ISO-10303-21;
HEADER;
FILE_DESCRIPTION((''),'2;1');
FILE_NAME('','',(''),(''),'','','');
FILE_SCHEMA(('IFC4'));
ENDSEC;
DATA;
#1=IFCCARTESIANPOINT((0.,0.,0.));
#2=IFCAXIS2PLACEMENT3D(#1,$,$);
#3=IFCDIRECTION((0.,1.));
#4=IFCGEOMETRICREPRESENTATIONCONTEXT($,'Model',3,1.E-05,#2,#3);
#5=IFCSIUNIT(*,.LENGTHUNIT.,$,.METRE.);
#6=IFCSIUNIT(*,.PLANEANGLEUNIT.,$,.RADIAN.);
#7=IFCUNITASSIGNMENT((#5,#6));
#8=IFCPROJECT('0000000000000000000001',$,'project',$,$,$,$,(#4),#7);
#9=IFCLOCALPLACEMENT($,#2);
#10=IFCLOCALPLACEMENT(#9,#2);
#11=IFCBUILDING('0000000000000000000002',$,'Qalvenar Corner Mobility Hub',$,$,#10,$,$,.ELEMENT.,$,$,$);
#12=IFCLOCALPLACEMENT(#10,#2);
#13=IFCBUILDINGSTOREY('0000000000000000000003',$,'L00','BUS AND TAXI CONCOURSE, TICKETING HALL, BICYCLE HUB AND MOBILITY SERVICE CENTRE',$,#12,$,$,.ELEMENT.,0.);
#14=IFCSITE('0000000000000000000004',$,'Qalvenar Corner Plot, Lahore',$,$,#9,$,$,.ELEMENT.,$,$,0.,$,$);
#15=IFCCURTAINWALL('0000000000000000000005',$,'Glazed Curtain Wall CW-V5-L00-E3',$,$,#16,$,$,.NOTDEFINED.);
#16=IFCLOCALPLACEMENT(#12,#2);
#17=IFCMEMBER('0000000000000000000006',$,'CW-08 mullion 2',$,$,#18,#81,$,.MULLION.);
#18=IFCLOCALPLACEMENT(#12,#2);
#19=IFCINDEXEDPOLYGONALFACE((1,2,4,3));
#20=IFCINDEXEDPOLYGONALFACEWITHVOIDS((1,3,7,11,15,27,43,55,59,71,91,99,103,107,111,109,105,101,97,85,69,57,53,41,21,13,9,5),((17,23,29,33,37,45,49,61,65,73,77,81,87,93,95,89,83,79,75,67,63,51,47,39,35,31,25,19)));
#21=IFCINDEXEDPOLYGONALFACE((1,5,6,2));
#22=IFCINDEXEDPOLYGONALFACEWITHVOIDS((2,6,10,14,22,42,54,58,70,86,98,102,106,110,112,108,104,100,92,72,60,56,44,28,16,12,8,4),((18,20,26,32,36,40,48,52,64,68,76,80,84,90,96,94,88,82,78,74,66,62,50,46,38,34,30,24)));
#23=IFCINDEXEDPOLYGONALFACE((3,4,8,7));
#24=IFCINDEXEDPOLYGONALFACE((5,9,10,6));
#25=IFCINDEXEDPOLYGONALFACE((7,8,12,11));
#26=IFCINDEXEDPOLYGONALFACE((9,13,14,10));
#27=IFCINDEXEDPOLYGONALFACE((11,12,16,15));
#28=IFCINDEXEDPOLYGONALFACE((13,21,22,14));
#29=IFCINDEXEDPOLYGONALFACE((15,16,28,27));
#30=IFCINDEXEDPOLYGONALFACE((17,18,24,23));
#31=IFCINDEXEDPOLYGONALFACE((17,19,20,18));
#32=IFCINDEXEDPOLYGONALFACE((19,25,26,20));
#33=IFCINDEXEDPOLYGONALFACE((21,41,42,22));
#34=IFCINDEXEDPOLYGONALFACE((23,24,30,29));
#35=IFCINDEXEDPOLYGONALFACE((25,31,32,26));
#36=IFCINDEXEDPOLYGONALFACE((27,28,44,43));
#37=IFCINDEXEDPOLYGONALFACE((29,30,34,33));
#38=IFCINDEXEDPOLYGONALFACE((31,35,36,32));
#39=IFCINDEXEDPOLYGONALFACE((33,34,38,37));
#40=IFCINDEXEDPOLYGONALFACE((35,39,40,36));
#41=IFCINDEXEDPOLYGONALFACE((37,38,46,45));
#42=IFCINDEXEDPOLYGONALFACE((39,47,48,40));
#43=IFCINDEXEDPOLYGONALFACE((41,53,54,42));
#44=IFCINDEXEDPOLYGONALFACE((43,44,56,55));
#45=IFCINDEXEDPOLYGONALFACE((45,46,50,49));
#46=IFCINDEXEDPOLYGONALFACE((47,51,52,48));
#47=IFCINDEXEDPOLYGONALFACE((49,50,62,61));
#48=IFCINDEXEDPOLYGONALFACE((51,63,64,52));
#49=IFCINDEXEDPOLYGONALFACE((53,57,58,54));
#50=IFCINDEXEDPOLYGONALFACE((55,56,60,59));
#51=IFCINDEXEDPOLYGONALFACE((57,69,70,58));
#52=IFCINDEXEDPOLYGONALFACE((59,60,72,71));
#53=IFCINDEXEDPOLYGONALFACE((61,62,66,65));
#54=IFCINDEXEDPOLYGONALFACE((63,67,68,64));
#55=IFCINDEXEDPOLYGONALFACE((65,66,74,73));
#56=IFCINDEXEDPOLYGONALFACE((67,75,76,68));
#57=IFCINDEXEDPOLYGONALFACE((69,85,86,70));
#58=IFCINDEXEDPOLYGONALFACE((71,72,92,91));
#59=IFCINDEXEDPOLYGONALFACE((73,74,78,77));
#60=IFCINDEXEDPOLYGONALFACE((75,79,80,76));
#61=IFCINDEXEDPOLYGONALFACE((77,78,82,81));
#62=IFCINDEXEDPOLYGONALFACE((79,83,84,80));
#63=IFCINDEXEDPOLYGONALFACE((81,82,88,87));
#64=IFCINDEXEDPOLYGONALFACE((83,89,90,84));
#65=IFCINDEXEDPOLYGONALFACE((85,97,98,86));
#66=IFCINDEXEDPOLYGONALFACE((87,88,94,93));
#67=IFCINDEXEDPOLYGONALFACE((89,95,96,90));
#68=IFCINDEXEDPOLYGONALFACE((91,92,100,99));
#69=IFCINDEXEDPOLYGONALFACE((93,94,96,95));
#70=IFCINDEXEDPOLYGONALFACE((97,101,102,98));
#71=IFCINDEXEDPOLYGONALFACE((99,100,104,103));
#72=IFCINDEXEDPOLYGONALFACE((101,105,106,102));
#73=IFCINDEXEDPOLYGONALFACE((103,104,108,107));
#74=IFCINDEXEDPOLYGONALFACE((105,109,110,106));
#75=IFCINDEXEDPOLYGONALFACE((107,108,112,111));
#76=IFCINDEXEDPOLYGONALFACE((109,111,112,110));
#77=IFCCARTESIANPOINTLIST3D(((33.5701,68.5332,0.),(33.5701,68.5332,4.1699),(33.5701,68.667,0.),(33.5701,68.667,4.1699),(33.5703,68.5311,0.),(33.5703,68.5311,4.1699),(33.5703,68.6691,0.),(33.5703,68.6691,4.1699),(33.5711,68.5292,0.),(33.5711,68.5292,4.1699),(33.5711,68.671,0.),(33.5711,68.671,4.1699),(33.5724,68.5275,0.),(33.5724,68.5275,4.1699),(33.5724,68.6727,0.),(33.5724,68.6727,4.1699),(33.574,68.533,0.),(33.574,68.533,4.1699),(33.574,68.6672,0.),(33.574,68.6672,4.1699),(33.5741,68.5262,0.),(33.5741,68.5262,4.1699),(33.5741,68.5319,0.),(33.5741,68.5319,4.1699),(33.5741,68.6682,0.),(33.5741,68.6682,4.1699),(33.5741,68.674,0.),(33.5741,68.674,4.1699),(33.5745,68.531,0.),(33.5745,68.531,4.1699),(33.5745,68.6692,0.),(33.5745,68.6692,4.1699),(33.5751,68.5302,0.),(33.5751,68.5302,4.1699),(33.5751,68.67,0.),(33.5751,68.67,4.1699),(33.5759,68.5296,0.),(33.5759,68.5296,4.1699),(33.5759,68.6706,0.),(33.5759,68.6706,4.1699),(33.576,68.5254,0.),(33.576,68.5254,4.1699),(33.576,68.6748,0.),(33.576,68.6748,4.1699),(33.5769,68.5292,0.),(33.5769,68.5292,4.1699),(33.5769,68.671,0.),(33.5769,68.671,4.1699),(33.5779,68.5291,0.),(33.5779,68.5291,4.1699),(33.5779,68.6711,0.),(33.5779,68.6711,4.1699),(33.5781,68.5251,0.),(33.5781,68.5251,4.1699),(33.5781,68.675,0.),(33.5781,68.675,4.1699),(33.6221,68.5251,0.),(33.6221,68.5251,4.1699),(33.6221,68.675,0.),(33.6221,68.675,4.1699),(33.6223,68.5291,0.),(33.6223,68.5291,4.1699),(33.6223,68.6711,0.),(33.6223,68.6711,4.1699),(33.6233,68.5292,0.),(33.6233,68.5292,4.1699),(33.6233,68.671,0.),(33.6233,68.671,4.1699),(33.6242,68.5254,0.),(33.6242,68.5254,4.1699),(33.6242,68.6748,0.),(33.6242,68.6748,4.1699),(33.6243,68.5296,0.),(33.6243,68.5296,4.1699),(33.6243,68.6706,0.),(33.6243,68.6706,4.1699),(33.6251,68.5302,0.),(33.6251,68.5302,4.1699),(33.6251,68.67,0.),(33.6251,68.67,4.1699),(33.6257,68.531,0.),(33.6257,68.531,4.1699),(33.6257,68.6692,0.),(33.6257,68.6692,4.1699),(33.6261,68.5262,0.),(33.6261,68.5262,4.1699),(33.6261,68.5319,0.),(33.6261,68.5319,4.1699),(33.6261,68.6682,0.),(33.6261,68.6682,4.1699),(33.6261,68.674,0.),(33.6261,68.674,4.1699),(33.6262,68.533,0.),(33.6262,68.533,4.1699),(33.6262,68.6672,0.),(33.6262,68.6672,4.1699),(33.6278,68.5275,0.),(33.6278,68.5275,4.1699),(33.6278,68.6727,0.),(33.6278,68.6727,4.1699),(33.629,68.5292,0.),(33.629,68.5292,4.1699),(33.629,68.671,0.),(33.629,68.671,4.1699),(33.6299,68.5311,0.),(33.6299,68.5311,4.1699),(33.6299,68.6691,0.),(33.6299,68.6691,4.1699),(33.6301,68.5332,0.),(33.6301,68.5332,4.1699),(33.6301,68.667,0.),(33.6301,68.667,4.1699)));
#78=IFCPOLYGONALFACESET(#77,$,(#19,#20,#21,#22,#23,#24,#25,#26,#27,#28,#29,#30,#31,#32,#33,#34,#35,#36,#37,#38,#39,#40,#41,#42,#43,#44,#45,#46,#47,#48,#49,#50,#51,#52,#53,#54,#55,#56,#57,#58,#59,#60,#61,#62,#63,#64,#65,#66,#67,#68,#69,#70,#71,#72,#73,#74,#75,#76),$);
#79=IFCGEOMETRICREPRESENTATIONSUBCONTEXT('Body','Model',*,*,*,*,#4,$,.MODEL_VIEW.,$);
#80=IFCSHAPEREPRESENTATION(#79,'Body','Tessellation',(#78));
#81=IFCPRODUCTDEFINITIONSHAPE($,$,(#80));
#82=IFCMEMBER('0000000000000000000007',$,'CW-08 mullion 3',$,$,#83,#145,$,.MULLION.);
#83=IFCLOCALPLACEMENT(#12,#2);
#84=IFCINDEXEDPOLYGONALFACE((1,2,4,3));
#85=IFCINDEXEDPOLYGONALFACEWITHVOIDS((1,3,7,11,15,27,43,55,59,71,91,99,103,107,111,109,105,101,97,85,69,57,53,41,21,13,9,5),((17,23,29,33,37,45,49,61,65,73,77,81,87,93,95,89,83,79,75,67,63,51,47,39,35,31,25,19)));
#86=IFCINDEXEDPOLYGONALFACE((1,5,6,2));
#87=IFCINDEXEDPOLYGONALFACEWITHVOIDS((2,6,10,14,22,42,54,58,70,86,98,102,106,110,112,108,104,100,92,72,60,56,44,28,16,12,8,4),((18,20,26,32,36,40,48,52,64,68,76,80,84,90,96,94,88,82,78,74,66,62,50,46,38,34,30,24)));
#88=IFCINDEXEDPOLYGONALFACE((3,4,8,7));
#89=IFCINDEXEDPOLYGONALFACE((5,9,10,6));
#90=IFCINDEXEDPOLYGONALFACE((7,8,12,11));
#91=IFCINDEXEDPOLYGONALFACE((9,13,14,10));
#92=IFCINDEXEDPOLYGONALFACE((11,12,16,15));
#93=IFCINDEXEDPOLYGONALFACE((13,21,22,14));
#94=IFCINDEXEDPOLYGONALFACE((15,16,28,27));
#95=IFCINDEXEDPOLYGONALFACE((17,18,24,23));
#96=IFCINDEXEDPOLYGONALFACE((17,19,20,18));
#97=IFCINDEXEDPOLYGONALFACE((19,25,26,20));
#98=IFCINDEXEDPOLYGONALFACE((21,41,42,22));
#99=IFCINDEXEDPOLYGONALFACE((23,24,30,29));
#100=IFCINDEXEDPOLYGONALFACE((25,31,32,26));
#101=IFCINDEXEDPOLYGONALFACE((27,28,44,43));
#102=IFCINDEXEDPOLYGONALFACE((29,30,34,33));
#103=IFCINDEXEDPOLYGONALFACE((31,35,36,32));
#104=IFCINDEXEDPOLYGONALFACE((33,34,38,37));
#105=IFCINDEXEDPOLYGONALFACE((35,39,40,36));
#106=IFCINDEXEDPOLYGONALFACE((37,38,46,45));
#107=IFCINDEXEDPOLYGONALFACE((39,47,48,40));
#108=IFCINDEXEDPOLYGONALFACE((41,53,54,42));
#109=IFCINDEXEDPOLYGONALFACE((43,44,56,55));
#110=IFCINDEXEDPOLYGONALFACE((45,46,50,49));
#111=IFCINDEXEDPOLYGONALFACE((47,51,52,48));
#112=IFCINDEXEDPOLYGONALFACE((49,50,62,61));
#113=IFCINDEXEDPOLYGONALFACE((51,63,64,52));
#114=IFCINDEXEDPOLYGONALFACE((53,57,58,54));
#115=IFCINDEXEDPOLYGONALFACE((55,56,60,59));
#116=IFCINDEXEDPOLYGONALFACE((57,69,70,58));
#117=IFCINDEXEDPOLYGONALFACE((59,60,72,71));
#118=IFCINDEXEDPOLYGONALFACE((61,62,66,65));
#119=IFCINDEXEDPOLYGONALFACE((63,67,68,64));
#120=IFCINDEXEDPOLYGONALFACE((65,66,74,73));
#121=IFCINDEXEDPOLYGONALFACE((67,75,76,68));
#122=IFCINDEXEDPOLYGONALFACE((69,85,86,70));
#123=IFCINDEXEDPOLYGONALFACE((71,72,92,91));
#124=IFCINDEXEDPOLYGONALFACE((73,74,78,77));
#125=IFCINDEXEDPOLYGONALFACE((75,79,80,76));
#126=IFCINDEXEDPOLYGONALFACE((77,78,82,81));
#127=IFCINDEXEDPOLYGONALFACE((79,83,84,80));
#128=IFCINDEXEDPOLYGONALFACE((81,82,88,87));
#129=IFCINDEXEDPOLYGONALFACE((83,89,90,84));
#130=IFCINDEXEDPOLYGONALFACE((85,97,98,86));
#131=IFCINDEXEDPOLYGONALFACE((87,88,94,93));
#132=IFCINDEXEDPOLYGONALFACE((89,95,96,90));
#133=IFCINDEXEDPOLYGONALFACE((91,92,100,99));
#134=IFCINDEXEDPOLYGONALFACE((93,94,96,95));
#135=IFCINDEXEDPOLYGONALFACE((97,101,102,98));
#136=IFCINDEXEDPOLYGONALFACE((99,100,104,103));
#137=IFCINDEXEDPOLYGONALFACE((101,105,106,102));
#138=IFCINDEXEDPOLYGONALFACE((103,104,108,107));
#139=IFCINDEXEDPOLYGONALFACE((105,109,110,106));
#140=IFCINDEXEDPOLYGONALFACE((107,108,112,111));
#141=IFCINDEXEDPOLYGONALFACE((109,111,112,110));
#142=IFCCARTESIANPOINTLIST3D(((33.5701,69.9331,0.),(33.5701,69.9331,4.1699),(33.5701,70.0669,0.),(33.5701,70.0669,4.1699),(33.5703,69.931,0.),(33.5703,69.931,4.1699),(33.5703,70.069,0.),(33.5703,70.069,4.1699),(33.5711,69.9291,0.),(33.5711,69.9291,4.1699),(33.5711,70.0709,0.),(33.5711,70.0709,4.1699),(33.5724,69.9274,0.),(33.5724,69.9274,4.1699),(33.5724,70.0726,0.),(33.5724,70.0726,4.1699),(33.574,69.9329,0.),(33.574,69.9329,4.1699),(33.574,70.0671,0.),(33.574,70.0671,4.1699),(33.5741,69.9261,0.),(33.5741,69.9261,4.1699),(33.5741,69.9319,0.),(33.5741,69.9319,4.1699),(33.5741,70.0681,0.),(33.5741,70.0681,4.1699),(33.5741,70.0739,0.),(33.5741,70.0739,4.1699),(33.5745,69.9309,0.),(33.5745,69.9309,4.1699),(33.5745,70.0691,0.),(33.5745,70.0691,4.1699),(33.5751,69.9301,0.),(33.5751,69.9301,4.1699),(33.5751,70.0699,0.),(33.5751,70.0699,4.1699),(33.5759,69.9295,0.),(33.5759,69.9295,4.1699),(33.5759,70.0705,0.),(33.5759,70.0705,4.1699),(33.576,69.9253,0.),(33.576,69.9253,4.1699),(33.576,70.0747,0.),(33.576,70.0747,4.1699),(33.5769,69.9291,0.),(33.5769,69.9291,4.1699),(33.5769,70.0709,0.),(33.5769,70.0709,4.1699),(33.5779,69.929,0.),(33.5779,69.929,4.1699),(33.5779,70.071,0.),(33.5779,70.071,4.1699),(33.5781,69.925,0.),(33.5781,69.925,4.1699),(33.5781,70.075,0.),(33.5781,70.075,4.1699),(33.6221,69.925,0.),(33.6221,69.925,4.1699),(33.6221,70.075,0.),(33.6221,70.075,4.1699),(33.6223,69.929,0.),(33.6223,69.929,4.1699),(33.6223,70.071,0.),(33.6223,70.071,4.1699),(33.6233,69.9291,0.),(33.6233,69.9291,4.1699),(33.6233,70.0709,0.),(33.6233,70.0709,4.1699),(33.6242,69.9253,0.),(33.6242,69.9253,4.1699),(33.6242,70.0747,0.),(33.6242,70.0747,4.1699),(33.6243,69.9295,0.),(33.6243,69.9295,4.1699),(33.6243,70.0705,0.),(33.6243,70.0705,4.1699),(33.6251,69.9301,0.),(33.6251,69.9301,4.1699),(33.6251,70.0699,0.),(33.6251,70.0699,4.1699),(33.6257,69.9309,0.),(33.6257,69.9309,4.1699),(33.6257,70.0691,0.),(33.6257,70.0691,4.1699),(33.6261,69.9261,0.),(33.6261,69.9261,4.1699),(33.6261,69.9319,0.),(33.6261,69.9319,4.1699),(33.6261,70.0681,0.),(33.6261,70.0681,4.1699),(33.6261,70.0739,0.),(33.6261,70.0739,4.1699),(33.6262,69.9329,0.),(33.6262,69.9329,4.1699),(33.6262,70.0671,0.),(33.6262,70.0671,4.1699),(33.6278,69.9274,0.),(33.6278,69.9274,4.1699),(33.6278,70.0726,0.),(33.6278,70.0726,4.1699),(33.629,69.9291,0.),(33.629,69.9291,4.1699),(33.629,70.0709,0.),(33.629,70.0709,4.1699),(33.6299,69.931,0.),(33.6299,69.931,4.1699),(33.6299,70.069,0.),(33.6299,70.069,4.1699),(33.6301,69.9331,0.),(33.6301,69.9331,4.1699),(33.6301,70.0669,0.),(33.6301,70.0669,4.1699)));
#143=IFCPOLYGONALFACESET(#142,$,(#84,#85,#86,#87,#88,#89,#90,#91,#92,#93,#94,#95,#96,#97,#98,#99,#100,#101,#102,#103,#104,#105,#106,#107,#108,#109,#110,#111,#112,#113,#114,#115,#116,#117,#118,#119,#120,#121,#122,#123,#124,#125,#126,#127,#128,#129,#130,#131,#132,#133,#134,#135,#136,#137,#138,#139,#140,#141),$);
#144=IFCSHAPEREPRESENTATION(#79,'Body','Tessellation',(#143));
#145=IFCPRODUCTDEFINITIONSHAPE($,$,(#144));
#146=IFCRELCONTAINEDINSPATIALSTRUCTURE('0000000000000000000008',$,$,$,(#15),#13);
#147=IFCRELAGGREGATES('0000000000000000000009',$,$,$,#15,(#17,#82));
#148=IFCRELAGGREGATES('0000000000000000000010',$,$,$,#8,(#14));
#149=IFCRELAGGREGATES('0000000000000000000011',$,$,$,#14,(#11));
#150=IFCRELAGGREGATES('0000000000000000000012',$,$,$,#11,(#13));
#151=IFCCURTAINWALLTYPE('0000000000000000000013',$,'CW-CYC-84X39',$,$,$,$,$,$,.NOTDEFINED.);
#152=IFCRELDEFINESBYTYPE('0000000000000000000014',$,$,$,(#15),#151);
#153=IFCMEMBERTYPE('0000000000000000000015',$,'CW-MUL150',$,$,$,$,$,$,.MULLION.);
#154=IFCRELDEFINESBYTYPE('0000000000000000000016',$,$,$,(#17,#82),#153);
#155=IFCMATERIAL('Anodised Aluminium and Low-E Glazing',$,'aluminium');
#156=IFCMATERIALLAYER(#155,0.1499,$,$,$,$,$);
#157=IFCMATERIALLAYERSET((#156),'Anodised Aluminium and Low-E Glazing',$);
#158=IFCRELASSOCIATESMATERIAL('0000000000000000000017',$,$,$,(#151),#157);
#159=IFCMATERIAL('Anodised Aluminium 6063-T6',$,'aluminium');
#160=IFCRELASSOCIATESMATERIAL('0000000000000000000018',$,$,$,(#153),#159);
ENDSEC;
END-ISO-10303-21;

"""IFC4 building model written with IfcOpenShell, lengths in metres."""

from ifc_helpers import new_model, si_unit, direction, frame, origin, origin_2d, place, context, subcontext, project, spatial, hollow_rectangle, extrude, material, layer, layer_set, material_profile, profile_set, type_object, element, aggregate, save


model = new_model("IFC4")

# Units and contexts
model_context = context("Model", 3, precision=1e-05, world=origin(), true_north=direction((0.0, 1.0)))
body_context = subcontext(model_context, "Body", "Model", "MODEL_VIEW")
ifc_project = project(units=[si_unit("LENGTHUNIT", "METRE"), si_unit("PLANEANGLEUNIT", "RADIAN")], contexts=[model_context])

# Site, building, storey
site_placement = place(None, origin())
site = spatial("IfcSite", under=ifc_project, at=site_placement, Name="Qalvenar Corner Plot, Lahore", CompositionType="ELEMENT", RefElevation=0.0)
building_placement = place(site_placement, origin())
building = spatial("IfcBuilding", under=site, at=building_placement, Name="Qalvenar Corner Mobility Hub", CompositionType="ELEMENT")
storey_placement = place(building_placement, origin())
storey = spatial("IfcBuildingStorey", under=building, at=storey_placement, Name="L00", Description="BUS AND TAXI CONCOURSE, TICKETING HALL, BICYCLE HUB AND MOBILITY SERVICE CENTRE", CompositionType="ELEMENT", Elevation=0.0)

# Curtain wall, members
ifc_material_1 = material(Name="Anodised Aluminium and Low-E Glazing", Category="aluminium")
ifc_layer_1 = layer(ifc_material_1, 0.1499)
ifc_layer_set_1 = layer_set([ifc_layer_1], Name="Anodised Aluminium and Low-E Glazing")
curtain_wall_type = type_object("IfcCurtainWallType", Name="CW-CYC-84X39", PredefinedType="NOTDEFINED", material=ifc_layer_set_1)
curtain_wall_placement = place(storey_placement, origin())
curtain_wall = element("IfcCurtainWall", 1, at=curtain_wall_placement, inside=storey, type_object=curtain_wall_type, Name="Glazed Curtain Wall CW-V5-L00-E3", PredefinedType="NOTDEFINED")
ifc_material_2 = material(Name="Anodised Aluminium 6063-T6", Category="aluminium")
ifc_material_profile_1 = material_profile(ifc_material_2, hollow_rectangle(XDim=0.0601, YDim=0.1499, WallThickness=0.0039, InnerFilletRadius=0.0039, OuterFilletRadius=0.0081, at=origin_2d()), Name="RHS150x60x4")
ifc_profile_set_1 = profile_set([ifc_material_profile_1], Name="Anodised Aluminium 6063-T6")
member_type_1 = type_object("IfcMemberType", Name="CW-MUL150", PredefinedType="MULLION", material=ifc_profile_set_1)
member_1_placement = place(storey_placement, frame((33.6001, 68.6001, 0.0), z_axis=(0.0, 0.0, 1.0), x_axis=(-1.0, 0.0, 0.0)))
member_1 = element("IfcMember", 2, at=member_1_placement, type_object=member_type_1, Name="CW-08 mullion 2", PredefinedType="MULLION", context=body_context, shape_type="SweptSolid", body=[
    extrude(hollow_rectangle(XDim=0.0601, YDim=0.1499, WallThickness=0.0039, InnerFilletRadius=0.0039, OuterFilletRadius=0.0081, at=origin_2d()), origin(), (0.0, 0.0, 1.0), 4.1699),
])
member_2_placement = place(storey_placement, frame((33.6001, 70.0, 0.0), z_axis=(0.0, 0.0, 1.0), x_axis=(-1.0, 0.0, 0.0)))
member_2 = element("IfcMember", 3, at=member_2_placement, type_object=member_type_1, Name="CW-08 mullion 3", PredefinedType="MULLION", context=body_context, shape_type="SweptSolid", body=[
    extrude(hollow_rectangle(XDim=0.0601, YDim=0.1499, WallThickness=0.0039, InnerFilletRadius=0.0039, OuterFilletRadius=0.0081, at=origin_2d()), origin(), (0.0, 0.0, 1.0), 4.1699),
])
aggregate(curtain_wall, [member_1, member_2])

save(model, "model.ifc")
